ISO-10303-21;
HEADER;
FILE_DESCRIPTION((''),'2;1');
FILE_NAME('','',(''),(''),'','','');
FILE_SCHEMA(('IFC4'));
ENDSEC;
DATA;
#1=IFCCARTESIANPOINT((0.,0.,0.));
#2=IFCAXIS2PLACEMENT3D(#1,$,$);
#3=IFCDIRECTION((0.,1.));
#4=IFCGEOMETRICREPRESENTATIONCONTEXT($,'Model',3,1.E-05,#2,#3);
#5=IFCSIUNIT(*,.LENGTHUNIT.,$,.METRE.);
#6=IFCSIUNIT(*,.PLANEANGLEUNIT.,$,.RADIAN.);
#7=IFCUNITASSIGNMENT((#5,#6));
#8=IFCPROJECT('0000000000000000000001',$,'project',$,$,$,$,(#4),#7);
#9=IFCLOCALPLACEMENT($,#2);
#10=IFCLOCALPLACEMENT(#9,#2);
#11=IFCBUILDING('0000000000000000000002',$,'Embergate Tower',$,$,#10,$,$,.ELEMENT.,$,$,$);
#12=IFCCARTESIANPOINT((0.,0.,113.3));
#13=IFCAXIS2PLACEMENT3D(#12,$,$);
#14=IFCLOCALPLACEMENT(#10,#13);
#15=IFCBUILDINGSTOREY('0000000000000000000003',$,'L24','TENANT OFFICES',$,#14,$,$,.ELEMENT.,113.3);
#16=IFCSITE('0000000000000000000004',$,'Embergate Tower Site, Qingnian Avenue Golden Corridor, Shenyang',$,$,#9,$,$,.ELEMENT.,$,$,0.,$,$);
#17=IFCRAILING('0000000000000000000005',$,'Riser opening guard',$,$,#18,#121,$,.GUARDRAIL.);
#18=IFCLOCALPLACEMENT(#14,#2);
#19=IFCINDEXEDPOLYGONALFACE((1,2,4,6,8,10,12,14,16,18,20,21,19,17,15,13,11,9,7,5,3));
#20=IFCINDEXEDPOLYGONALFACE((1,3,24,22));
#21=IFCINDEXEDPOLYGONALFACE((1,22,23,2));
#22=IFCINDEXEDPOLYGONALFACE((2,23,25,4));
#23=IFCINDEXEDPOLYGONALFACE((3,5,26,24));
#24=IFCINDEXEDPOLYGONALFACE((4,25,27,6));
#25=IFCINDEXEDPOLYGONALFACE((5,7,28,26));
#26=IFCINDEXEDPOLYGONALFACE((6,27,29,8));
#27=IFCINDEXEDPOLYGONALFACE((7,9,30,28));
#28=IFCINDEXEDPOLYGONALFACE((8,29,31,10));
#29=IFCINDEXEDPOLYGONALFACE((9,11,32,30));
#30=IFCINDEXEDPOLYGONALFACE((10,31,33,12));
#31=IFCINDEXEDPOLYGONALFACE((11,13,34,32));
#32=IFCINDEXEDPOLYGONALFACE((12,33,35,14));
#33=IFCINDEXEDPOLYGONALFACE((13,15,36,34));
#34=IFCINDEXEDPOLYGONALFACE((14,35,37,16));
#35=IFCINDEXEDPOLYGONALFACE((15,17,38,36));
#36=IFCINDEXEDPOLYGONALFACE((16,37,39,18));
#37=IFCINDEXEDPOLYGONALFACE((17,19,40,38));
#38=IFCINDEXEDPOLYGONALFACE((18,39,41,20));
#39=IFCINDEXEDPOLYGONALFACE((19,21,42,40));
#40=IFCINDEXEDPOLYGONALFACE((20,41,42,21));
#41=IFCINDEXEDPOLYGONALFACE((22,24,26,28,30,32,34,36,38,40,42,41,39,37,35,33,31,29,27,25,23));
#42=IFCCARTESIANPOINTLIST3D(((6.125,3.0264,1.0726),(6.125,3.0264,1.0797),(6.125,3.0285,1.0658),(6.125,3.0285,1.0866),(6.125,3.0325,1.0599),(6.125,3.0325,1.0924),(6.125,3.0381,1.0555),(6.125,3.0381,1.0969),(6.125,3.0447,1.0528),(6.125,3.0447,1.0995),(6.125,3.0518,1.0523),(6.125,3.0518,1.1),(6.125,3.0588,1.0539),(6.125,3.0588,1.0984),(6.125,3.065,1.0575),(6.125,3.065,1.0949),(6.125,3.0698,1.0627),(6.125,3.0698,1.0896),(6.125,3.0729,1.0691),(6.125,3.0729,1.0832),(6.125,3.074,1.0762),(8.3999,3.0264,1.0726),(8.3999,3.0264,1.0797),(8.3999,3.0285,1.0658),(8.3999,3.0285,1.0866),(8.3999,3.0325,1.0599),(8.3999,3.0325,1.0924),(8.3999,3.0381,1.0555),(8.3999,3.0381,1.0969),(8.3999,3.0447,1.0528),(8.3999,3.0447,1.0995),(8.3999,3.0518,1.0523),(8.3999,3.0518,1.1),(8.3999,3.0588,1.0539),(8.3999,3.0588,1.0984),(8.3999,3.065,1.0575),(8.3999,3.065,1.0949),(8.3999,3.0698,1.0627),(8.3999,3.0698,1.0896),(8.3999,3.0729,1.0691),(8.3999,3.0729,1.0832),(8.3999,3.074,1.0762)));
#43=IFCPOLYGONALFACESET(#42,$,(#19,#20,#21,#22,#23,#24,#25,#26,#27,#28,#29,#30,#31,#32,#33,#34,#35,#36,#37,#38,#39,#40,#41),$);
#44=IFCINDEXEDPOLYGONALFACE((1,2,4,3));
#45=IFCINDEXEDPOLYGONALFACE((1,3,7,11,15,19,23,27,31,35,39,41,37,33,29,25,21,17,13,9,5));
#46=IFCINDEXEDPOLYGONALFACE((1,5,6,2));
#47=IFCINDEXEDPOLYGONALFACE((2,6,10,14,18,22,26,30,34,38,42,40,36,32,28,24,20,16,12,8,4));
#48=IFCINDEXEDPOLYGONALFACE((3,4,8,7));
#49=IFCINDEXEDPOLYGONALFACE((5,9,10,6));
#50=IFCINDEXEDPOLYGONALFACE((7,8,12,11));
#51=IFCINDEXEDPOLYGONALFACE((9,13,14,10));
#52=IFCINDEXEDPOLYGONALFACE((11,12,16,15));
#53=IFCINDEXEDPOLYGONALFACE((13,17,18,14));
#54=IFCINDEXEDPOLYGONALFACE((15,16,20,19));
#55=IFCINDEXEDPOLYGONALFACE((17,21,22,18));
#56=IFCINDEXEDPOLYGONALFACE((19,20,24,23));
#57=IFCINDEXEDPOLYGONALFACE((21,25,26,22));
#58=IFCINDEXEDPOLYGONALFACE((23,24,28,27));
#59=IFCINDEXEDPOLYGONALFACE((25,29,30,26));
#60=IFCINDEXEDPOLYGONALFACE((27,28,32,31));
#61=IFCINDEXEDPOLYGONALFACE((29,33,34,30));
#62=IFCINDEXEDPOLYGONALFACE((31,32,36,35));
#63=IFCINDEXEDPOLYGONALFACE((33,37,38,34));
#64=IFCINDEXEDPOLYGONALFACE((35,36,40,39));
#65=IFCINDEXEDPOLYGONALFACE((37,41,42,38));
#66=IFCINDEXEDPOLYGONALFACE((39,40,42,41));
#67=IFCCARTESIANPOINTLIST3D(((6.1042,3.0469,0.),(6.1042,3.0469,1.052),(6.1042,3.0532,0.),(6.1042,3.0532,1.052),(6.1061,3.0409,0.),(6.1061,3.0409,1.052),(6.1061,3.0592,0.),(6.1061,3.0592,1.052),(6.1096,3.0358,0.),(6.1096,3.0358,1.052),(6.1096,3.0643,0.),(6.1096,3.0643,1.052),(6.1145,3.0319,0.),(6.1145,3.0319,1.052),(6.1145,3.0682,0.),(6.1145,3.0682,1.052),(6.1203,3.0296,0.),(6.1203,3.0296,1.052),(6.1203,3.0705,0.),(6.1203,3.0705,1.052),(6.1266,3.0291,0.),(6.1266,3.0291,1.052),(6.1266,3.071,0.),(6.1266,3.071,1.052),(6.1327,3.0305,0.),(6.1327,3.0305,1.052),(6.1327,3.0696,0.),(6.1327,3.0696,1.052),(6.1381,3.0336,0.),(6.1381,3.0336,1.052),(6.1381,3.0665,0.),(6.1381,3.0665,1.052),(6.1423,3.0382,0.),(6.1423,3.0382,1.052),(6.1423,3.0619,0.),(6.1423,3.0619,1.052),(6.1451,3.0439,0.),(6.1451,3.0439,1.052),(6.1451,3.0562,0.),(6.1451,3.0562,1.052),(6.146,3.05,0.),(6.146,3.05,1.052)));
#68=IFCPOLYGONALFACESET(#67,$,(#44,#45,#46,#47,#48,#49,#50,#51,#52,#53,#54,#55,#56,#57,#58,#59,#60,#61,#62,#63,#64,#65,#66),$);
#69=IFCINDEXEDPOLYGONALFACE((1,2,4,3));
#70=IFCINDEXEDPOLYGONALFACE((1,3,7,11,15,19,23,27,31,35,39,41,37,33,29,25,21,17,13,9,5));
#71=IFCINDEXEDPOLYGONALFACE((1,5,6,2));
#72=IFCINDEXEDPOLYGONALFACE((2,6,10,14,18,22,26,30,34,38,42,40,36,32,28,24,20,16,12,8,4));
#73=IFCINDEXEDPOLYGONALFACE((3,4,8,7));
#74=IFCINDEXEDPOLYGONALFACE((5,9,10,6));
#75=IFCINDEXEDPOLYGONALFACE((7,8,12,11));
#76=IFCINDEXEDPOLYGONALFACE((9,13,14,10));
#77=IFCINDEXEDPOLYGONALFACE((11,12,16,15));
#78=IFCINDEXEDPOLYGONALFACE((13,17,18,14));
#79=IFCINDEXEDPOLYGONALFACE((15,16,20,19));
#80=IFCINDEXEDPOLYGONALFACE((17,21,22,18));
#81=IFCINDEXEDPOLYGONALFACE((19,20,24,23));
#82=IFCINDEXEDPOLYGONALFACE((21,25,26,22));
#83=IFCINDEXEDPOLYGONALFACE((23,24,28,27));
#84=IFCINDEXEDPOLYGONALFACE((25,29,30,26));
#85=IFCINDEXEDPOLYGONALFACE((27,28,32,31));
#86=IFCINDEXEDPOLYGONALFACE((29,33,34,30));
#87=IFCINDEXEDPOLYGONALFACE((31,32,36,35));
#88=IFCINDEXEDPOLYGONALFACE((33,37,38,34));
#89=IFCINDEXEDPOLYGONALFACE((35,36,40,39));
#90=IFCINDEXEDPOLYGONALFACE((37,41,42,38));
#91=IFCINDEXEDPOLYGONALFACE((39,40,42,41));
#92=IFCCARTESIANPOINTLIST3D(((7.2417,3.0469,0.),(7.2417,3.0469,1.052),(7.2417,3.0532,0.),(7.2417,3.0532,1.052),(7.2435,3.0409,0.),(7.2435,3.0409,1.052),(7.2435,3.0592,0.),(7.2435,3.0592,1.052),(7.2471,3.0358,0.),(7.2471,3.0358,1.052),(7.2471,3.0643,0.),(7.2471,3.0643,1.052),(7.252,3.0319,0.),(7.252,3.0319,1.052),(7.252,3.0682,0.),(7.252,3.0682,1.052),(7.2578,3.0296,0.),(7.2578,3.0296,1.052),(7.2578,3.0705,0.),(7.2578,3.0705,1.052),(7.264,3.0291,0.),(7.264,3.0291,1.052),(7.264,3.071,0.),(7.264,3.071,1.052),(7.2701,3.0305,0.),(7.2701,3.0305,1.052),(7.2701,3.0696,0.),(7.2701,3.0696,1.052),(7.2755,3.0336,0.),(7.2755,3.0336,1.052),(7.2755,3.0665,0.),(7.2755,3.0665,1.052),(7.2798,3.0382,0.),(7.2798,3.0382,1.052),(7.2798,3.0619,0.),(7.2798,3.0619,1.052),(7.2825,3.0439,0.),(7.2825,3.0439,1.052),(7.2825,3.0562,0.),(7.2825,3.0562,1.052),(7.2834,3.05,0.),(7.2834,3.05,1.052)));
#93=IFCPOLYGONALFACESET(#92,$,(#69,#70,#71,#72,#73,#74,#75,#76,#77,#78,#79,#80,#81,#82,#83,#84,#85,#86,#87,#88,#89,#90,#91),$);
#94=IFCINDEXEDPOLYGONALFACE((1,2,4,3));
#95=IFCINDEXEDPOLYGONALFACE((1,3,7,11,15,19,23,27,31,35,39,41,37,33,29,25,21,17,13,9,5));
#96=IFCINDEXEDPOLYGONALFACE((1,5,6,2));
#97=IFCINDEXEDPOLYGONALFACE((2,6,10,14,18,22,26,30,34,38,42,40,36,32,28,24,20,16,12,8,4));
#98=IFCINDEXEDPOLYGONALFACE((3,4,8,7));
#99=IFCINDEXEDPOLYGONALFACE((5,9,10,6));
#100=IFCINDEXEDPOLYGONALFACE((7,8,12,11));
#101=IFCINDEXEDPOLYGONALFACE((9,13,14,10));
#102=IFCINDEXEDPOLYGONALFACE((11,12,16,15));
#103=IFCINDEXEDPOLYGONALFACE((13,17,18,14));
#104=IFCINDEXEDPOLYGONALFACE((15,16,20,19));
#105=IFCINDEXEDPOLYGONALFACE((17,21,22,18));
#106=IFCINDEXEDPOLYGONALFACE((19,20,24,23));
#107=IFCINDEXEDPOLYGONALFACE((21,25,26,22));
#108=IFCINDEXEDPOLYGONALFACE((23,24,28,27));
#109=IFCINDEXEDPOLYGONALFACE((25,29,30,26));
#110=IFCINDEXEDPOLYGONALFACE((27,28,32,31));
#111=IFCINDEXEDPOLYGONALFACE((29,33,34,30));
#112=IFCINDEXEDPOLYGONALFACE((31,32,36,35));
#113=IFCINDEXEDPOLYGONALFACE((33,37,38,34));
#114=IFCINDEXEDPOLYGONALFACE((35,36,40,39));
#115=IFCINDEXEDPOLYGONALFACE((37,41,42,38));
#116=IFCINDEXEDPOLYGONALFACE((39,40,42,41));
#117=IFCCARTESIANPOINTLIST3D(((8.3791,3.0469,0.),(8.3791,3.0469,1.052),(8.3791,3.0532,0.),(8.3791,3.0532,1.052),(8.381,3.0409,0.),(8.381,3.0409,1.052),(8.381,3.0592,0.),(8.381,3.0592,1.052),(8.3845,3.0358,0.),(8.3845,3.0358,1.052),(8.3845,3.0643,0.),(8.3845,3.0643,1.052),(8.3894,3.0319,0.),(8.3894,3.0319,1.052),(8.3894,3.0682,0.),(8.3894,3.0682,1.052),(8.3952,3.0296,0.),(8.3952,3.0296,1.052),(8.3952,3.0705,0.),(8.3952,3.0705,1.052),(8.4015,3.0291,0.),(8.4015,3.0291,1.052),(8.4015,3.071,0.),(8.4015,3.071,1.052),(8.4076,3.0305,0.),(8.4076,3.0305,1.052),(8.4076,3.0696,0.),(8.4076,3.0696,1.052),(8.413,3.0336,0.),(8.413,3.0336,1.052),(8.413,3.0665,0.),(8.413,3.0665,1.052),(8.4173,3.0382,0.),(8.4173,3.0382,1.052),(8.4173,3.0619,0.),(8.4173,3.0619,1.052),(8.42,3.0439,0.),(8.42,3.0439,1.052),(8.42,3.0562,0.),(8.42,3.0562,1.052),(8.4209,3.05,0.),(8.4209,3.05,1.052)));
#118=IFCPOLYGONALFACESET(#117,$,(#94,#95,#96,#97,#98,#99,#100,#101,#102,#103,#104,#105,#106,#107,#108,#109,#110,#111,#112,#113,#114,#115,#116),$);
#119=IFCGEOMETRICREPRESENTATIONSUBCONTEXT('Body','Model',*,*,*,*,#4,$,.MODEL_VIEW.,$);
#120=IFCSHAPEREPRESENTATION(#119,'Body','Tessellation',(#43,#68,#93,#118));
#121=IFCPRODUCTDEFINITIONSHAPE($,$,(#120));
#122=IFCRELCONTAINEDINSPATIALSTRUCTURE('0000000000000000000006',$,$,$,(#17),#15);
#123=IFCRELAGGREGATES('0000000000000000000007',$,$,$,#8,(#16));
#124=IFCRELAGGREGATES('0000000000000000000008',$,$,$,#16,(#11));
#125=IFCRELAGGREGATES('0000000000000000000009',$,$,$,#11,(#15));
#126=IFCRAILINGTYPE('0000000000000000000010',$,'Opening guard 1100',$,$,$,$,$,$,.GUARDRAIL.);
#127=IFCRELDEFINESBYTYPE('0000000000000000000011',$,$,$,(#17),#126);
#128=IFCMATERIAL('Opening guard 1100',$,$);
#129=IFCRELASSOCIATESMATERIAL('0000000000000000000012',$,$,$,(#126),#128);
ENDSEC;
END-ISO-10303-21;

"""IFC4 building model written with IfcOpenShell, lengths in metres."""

from ifc_helpers import new_model, si_unit, direction, frame, origin, origin_2d, place, context, subcontext, project, spatial, circle, extrude, source, transform, mapped, material, type_object, element, save


model = new_model("IFC4")

# Units and contexts
model_context = context("Model", 3, precision=1e-05, world=origin(), true_north=direction((0.0, 1.0)))
body_context = subcontext(model_context, "Body", "Model", "MODEL_VIEW")
ifc_project = project(units=[si_unit("LENGTHUNIT", "METRE"), si_unit("PLANEANGLEUNIT", "RADIAN")], contexts=[model_context])

# Site, building, storey
site_placement = place(None, origin())
site = spatial("IfcSite", under=ifc_project, at=site_placement, Name="Embergate Tower Site, Qingnian Avenue Golden Corridor, Shenyang", CompositionType="ELEMENT", RefElevation=0.0)
building_placement = place(site_placement, origin())
building = spatial("IfcBuilding", under=site, at=building_placement, Name="Embergate Tower", CompositionType="ELEMENT")
storey_placement = place(building_placement, frame((0.0, 0.0, 113.3)))
storey = spatial("IfcBuildingStorey", under=building, at=storey_placement, Name="L24", Description="TENANT OFFICES", CompositionType="ELEMENT", Elevation=113.3)

# Railing
ifc_material_1 = material(Name="Opening guard 1100")
railing_type = type_object("IfcRailingType", Name="Opening guard 1100", PredefinedType="GUARDRAIL", material=ifc_material_1)
shared_shape_1 = source(origin(), body_context, "Body", "SweptSolid", [
    extrude(circle(Radius=0.0239, at=origin_2d()), frame((0.0, 0.0, 1.0762), z_axis=(1.0, 0.0, 0.0), x_axis=(0.0, 1.0, 0.0)), (0.0, 0.0, 1.0), 2.2749),
    extrude(circle(Radius=0.021, at=origin_2d()), origin(), (0.0, 0.0, 1.0), 1.052),
    extrude(circle(Radius=0.021, at=origin_2d()), frame((1.1375, 0.0, 0.0)), (0.0, 0.0, 1.0), 1.052),
    extrude(circle(Radius=0.021, at=origin_2d()), frame((2.2749, 0.0, 0.0)), (0.0, 0.0, 1.0), 1.052),
])
railing_placement = place(storey_placement, frame((6.125, 3.05, 0.0)))
element("IfcRailing", 1, at=railing_placement, inside=storey, type_object=railing_type, Name="Riser opening guard", PredefinedType="GUARDRAIL", context=body_context, shape_type="MappedRepresentation", body=[
    mapped(shared_shape_1, transform((0.0, 0.0, 0.0))),
])

save(model, "model.ifc")
